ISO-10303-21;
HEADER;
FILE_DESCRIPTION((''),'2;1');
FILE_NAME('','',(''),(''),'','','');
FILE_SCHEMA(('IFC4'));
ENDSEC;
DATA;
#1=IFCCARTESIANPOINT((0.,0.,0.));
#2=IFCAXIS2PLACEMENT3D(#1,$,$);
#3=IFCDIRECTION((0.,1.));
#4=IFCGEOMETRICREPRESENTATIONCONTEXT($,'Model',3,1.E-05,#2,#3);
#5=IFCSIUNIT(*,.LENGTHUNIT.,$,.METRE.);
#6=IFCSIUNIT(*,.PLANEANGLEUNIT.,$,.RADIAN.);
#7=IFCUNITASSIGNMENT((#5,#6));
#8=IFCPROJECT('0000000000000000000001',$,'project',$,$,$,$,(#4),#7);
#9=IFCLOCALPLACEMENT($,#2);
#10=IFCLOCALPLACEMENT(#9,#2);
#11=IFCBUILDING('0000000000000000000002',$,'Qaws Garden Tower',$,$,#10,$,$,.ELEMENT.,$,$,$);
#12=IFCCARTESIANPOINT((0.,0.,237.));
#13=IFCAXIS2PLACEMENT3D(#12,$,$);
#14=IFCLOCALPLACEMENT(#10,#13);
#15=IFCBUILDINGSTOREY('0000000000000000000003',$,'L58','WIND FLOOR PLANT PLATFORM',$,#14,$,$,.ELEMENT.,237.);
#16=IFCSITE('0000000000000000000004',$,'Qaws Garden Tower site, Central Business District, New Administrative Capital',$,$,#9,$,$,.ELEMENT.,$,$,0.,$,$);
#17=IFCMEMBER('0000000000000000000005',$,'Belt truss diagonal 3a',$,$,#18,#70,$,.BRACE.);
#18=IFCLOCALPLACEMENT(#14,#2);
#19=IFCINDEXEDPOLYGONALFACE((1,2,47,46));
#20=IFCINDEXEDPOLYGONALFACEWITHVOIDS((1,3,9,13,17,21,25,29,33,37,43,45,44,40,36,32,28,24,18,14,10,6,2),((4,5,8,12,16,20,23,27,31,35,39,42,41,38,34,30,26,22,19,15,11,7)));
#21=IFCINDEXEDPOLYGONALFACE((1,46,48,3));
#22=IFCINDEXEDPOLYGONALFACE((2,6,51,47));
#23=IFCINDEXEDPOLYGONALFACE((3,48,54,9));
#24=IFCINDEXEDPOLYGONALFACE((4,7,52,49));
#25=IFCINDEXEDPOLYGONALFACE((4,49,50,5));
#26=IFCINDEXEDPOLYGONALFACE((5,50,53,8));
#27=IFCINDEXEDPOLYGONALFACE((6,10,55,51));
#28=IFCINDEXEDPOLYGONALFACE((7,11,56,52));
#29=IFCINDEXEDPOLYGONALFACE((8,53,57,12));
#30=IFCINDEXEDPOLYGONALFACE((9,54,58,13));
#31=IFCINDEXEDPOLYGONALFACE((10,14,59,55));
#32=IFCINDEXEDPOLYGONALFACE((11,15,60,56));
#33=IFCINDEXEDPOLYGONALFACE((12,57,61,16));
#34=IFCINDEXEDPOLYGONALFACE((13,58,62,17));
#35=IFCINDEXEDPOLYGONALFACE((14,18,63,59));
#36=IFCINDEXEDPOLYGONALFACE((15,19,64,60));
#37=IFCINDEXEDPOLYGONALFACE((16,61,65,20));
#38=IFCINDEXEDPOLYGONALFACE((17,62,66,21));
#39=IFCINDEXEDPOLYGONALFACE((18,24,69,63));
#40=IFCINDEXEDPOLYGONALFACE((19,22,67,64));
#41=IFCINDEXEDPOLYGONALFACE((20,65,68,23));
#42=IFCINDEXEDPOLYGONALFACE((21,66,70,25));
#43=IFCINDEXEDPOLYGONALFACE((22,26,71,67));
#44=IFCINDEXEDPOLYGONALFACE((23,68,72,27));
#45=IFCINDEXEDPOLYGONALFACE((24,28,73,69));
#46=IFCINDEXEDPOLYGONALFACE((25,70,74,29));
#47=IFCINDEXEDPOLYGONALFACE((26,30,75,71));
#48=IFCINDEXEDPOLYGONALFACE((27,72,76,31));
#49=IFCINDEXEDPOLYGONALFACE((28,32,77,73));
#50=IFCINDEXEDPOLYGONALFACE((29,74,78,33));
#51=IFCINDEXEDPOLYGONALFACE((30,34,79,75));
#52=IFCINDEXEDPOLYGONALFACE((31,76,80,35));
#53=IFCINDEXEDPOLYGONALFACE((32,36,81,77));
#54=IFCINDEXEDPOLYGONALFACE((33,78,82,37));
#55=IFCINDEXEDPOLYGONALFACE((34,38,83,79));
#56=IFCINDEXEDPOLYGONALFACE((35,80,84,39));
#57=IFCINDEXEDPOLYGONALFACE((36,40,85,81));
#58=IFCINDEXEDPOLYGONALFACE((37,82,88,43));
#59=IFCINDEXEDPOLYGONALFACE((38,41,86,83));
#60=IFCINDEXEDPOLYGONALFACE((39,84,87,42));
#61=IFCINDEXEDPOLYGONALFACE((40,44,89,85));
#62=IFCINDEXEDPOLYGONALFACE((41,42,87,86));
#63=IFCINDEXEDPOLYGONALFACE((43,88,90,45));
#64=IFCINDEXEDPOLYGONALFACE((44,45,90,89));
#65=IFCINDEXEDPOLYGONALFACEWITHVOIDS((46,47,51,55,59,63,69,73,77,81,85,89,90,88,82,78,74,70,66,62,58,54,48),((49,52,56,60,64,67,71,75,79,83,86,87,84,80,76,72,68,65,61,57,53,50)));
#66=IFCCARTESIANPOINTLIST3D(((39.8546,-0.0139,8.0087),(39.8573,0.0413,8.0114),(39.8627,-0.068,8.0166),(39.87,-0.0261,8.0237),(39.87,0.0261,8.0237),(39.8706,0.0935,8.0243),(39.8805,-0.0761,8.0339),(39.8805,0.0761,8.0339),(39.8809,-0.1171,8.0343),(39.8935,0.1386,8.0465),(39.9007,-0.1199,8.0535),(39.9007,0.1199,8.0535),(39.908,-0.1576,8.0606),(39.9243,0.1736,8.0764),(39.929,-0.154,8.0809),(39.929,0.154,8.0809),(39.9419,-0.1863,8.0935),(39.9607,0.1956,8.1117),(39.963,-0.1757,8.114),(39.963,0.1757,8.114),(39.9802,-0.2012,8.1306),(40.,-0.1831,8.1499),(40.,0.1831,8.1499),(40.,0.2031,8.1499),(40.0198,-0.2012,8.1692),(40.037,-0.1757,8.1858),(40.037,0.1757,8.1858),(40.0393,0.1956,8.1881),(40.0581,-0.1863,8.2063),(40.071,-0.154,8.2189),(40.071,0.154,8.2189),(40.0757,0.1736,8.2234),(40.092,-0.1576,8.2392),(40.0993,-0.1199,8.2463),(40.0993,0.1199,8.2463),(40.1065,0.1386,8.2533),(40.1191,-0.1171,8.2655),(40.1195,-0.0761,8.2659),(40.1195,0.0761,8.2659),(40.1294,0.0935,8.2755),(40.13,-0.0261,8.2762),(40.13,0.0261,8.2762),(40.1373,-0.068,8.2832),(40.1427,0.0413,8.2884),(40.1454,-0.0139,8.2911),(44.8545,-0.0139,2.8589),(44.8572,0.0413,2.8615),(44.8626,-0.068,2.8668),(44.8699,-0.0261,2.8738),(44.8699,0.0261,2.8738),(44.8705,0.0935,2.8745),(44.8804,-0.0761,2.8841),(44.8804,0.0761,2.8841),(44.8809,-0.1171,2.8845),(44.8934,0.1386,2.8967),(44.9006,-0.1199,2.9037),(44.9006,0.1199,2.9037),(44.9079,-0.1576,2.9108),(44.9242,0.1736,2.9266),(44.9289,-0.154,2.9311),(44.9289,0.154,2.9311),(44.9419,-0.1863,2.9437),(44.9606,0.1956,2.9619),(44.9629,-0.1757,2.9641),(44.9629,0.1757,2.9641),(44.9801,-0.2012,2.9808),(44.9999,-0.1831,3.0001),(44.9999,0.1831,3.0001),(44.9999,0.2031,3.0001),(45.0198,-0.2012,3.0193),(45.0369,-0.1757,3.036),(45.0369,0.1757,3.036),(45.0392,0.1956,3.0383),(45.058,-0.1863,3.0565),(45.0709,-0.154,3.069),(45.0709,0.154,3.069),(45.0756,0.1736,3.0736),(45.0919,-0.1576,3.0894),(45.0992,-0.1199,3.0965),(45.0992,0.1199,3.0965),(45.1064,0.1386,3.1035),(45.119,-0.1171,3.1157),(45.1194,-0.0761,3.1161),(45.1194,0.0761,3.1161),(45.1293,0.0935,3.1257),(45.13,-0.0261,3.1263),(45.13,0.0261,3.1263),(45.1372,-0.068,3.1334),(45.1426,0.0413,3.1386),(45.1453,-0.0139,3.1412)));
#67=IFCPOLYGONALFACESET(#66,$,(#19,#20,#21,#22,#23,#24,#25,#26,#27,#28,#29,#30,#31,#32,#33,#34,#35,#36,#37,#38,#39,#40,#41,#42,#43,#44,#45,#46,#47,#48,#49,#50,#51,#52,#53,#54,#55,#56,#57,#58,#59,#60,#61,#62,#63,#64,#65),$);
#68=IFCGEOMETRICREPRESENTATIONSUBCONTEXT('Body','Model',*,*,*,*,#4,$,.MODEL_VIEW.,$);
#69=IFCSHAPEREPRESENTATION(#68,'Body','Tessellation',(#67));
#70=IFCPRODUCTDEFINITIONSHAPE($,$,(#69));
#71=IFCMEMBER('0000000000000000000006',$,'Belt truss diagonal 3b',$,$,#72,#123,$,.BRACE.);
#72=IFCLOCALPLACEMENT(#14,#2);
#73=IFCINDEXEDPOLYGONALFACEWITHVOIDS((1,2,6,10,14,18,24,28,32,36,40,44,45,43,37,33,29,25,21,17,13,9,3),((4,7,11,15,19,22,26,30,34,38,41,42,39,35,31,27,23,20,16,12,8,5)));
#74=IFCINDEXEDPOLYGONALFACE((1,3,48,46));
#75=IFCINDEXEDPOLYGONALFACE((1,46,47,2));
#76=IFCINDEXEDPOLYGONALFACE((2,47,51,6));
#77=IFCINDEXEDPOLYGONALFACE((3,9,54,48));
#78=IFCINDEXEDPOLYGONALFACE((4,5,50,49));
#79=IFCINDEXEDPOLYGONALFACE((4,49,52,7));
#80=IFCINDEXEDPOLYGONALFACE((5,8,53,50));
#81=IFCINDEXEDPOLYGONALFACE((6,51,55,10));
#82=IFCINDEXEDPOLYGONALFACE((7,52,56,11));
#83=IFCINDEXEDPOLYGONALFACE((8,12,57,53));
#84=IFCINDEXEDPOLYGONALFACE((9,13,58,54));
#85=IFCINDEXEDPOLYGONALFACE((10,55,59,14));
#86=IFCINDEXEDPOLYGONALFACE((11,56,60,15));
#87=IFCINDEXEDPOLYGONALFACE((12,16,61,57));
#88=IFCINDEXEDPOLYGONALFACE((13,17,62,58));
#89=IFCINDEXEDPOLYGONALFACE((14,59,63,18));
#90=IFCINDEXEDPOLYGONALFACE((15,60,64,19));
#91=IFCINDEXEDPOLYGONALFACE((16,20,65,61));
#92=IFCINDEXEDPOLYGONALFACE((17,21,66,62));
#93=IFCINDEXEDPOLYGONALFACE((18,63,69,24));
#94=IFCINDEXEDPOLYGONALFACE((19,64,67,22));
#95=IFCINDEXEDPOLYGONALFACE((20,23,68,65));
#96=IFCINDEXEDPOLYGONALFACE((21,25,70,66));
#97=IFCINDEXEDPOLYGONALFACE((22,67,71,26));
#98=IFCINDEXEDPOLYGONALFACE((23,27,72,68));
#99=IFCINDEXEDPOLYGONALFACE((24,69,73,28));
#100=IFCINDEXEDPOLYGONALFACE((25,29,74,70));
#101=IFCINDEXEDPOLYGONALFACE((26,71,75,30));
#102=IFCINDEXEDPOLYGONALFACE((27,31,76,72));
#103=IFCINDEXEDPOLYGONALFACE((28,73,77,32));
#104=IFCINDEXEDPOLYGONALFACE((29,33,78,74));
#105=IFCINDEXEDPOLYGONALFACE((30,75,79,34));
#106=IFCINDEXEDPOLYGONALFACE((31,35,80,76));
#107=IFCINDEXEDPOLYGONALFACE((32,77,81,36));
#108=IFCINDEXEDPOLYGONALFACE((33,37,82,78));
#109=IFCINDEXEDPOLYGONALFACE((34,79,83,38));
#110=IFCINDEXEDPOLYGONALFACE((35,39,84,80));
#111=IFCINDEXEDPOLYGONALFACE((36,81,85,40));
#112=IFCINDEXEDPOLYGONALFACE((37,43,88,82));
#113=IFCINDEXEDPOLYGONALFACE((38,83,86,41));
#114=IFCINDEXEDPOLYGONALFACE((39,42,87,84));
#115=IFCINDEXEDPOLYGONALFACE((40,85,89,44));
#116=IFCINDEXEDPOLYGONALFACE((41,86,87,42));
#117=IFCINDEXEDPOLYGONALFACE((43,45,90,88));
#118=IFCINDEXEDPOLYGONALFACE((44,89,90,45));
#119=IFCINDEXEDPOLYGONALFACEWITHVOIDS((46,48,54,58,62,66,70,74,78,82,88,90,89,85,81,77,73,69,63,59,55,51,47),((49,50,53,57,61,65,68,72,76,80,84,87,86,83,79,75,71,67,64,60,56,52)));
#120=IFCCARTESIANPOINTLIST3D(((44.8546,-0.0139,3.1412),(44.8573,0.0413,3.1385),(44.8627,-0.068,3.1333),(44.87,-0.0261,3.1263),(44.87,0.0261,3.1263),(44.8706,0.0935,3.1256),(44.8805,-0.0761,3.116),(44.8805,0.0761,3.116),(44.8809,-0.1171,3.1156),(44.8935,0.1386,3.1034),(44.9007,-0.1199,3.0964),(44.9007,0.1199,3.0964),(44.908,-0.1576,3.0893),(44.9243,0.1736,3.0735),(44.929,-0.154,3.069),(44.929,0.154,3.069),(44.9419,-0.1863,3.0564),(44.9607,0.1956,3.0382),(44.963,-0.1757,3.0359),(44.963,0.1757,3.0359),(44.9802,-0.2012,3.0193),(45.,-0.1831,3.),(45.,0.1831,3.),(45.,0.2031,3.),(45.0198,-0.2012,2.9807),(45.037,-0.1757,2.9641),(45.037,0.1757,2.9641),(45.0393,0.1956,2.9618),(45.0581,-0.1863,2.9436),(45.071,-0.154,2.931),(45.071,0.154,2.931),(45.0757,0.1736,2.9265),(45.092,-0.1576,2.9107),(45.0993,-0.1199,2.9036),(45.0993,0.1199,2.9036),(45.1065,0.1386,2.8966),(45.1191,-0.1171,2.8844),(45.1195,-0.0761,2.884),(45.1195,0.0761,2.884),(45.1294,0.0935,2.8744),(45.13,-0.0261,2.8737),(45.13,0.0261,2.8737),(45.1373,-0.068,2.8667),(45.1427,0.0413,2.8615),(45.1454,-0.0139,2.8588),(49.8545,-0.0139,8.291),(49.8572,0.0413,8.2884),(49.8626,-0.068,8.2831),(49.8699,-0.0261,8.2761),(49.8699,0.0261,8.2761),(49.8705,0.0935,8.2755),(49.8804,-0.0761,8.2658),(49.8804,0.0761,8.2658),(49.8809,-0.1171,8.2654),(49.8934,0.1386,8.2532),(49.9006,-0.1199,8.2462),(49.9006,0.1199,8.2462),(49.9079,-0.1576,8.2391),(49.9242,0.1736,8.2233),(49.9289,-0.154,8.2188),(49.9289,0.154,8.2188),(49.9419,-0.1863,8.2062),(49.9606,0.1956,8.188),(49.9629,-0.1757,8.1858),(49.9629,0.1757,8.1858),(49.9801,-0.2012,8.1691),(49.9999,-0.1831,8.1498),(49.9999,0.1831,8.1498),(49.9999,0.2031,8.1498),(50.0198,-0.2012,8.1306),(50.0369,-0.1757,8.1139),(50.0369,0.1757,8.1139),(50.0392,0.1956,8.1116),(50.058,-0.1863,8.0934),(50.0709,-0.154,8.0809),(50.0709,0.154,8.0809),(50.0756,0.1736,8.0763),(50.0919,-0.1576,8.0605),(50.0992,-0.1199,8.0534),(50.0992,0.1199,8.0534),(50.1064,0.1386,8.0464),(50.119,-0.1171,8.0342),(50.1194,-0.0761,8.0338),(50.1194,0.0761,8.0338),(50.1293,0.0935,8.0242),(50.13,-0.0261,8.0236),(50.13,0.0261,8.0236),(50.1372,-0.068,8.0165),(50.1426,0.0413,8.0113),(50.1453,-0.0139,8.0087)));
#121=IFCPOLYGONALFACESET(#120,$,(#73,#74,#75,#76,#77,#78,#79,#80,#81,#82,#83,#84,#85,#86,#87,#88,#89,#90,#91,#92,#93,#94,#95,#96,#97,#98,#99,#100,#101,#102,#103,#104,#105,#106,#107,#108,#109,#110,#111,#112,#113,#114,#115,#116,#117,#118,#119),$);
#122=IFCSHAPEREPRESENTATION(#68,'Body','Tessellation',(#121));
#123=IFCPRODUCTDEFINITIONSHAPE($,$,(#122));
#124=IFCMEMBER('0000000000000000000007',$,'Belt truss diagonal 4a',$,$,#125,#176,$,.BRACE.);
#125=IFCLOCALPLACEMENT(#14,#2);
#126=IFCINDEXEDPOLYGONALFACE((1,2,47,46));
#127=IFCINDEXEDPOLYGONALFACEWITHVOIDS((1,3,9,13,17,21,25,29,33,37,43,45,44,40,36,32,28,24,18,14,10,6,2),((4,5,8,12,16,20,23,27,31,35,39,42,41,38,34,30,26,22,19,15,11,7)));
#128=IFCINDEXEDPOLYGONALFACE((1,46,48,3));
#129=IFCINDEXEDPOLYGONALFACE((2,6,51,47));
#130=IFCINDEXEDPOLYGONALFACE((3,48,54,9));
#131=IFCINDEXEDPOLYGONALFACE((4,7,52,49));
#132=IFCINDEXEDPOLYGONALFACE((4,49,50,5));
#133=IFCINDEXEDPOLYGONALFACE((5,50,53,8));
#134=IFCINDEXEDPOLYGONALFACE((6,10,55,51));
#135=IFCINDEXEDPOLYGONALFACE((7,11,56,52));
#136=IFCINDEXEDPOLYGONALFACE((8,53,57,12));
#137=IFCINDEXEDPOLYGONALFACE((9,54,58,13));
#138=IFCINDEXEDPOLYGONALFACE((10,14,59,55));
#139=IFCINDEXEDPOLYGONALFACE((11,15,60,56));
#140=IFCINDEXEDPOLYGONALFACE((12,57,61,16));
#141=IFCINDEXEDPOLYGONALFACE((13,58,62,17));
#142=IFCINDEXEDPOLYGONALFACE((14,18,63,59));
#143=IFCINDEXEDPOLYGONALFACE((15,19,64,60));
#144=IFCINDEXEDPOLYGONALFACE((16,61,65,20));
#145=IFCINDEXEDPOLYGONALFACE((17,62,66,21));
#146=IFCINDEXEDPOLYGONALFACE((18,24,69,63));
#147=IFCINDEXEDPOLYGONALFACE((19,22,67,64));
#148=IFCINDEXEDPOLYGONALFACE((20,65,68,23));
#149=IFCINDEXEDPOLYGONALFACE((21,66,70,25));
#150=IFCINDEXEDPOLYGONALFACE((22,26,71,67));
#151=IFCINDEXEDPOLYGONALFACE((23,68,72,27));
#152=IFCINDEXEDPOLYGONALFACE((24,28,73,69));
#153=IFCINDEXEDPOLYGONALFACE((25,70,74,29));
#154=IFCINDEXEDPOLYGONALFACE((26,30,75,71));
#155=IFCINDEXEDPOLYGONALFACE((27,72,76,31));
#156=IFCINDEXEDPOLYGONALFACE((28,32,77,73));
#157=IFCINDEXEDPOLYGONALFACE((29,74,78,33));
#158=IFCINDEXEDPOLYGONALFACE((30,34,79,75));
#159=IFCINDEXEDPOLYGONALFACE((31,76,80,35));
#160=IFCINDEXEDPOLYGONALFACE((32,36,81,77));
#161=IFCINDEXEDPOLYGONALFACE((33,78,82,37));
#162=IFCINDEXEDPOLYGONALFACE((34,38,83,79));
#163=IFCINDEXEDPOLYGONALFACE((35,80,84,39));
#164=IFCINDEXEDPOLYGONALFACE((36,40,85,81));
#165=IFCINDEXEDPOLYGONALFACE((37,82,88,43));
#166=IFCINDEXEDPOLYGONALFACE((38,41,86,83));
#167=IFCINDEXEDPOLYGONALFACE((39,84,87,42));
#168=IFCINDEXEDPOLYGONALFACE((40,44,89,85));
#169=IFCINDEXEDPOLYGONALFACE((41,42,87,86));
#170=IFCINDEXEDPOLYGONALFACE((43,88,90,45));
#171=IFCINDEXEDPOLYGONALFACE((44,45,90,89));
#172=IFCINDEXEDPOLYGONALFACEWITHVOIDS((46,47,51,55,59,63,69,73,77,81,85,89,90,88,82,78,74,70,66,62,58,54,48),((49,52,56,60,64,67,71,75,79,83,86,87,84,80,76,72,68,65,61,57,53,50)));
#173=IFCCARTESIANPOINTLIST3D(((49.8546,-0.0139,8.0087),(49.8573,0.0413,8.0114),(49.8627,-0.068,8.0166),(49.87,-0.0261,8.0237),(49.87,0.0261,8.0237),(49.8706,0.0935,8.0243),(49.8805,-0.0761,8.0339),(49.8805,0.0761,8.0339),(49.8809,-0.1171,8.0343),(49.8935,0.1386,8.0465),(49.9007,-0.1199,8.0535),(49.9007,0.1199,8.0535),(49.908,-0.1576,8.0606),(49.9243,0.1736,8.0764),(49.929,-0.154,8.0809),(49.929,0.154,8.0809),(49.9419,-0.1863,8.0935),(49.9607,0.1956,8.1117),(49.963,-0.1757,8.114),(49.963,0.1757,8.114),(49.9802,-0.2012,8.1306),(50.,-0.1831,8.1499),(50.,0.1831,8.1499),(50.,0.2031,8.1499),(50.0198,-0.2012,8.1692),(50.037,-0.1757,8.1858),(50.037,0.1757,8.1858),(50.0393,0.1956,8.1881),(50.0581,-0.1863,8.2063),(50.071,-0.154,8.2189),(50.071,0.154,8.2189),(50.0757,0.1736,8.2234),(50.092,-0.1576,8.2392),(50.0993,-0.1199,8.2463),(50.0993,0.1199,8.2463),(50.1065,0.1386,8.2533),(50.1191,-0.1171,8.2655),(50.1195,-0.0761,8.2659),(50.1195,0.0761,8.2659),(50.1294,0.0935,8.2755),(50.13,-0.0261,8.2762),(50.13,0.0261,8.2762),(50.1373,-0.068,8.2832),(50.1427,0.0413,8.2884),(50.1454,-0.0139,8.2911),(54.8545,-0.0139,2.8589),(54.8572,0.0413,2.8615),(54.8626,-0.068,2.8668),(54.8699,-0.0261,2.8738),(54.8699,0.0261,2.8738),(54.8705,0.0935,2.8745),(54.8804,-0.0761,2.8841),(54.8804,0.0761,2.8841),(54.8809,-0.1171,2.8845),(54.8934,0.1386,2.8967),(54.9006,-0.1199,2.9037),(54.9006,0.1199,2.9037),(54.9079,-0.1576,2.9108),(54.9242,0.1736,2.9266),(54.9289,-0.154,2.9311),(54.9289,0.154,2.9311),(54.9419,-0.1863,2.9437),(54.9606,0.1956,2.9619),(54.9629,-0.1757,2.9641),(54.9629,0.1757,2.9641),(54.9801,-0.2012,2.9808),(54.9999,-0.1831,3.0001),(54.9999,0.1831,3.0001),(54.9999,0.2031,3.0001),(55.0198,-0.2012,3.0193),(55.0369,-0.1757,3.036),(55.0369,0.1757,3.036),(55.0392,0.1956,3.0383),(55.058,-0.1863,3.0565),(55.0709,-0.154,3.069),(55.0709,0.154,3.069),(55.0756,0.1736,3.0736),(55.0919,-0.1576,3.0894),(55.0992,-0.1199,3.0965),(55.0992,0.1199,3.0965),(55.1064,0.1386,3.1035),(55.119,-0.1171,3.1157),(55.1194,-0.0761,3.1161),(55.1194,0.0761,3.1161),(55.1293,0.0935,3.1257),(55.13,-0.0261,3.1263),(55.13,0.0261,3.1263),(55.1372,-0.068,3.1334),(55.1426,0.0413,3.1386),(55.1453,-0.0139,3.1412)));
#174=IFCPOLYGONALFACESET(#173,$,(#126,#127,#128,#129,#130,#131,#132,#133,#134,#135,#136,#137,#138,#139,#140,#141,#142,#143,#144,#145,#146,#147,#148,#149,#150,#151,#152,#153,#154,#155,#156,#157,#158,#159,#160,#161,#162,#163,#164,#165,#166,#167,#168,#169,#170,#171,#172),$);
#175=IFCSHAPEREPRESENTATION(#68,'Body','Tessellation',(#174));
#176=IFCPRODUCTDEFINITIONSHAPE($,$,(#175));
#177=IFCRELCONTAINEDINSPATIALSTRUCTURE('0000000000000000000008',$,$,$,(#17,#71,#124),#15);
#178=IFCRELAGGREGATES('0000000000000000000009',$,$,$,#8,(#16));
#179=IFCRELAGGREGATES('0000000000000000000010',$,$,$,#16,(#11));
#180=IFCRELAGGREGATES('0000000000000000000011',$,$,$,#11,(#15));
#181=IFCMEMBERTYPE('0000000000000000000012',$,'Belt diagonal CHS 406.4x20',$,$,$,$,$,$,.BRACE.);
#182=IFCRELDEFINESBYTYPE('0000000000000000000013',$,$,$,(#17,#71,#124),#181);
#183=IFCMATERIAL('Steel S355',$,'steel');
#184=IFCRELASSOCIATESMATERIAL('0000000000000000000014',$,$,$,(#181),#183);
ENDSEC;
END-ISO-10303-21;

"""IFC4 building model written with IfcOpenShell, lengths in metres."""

from ifc_helpers import new_model, si_unit, direction, frame, origin, origin_2d, place, context, subcontext, project, spatial, hollow_circle, extrude, material, material_profile, profile_set, type_object, element, save


model = new_model("IFC4")

# Units and contexts
model_context = context("Model", 3, precision=1e-05, world=origin(), true_north=direction((0.0, 1.0)))
body_context = subcontext(model_context, "Body", "Model", "MODEL_VIEW")
ifc_project = project(units=[si_unit("LENGTHUNIT", "METRE"), si_unit("PLANEANGLEUNIT", "RADIAN")], contexts=[model_context])

# Site, building, storey
site_placement = place(None, origin())
site = spatial("IfcSite", under=ifc_project, at=site_placement, Name="Qaws Garden Tower site, Central Business District, New Administrative Capital", CompositionType="ELEMENT", RefElevation=0.0)
building_placement = place(site_placement, origin())
building = spatial("IfcBuilding", under=site, at=building_placement, Name="Qaws Garden Tower", CompositionType="ELEMENT")
storey_placement = place(building_placement, frame((0.0, 0.0, 237.0)))
storey = spatial("IfcBuildingStorey", under=building, at=storey_placement, Name="L58", Description="WIND FLOOR PLANT PLATFORM", CompositionType="ELEMENT", Elevation=237.0)

# Members
ifc_material_1 = material(Name="Steel S355", Category="steel")
ifc_material_profile_1 = material_profile(ifc_material_1, hollow_circle(Radius=0.2031, WallThickness=0.02, at=origin_2d()), Name="CHS 406.4x20")
ifc_profile_set_1 = profile_set([ifc_material_profile_1], Name="Steel S355")
member_type_1 = type_object("IfcMemberType", Name="Belt diagonal CHS 406.4x20", PredefinedType="BRACE", material=ifc_profile_set_1)
for number, where, z_axis, x_axis, name in (
    (1, (40.0, 0.0, 8.1499), (0.696588, 0.0, -0.717472), (0.0, 1.0, 0.0), "Belt truss diagonal 3a"),
    (2, (45.0, 0.0, 3.0), (0.696588, 0.0, 0.717472), (0.0, 1.0, 0.0), "Belt truss diagonal 3b"),
    (3, (50.0, 0.0, 8.1499), (0.696588, 0.0, -0.717472), (0.0, 1.0, 0.0), "Belt truss diagonal 4a"),
):
    element("IfcMember", number, at=place(storey_placement, frame(where, z_axis=z_axis, x_axis=x_axis)), inside=storey, type_object=member_type_1, Name=name, PredefinedType="BRACE", context=body_context, shape_type="SweptSolid", body=[
        extrude(hollow_circle(Radius=0.2031, WallThickness=0.02, at=origin_2d()), origin(), (0.0, 0.0, 1.0), 7.1777),
    ])

save(model, "model.ifc")
